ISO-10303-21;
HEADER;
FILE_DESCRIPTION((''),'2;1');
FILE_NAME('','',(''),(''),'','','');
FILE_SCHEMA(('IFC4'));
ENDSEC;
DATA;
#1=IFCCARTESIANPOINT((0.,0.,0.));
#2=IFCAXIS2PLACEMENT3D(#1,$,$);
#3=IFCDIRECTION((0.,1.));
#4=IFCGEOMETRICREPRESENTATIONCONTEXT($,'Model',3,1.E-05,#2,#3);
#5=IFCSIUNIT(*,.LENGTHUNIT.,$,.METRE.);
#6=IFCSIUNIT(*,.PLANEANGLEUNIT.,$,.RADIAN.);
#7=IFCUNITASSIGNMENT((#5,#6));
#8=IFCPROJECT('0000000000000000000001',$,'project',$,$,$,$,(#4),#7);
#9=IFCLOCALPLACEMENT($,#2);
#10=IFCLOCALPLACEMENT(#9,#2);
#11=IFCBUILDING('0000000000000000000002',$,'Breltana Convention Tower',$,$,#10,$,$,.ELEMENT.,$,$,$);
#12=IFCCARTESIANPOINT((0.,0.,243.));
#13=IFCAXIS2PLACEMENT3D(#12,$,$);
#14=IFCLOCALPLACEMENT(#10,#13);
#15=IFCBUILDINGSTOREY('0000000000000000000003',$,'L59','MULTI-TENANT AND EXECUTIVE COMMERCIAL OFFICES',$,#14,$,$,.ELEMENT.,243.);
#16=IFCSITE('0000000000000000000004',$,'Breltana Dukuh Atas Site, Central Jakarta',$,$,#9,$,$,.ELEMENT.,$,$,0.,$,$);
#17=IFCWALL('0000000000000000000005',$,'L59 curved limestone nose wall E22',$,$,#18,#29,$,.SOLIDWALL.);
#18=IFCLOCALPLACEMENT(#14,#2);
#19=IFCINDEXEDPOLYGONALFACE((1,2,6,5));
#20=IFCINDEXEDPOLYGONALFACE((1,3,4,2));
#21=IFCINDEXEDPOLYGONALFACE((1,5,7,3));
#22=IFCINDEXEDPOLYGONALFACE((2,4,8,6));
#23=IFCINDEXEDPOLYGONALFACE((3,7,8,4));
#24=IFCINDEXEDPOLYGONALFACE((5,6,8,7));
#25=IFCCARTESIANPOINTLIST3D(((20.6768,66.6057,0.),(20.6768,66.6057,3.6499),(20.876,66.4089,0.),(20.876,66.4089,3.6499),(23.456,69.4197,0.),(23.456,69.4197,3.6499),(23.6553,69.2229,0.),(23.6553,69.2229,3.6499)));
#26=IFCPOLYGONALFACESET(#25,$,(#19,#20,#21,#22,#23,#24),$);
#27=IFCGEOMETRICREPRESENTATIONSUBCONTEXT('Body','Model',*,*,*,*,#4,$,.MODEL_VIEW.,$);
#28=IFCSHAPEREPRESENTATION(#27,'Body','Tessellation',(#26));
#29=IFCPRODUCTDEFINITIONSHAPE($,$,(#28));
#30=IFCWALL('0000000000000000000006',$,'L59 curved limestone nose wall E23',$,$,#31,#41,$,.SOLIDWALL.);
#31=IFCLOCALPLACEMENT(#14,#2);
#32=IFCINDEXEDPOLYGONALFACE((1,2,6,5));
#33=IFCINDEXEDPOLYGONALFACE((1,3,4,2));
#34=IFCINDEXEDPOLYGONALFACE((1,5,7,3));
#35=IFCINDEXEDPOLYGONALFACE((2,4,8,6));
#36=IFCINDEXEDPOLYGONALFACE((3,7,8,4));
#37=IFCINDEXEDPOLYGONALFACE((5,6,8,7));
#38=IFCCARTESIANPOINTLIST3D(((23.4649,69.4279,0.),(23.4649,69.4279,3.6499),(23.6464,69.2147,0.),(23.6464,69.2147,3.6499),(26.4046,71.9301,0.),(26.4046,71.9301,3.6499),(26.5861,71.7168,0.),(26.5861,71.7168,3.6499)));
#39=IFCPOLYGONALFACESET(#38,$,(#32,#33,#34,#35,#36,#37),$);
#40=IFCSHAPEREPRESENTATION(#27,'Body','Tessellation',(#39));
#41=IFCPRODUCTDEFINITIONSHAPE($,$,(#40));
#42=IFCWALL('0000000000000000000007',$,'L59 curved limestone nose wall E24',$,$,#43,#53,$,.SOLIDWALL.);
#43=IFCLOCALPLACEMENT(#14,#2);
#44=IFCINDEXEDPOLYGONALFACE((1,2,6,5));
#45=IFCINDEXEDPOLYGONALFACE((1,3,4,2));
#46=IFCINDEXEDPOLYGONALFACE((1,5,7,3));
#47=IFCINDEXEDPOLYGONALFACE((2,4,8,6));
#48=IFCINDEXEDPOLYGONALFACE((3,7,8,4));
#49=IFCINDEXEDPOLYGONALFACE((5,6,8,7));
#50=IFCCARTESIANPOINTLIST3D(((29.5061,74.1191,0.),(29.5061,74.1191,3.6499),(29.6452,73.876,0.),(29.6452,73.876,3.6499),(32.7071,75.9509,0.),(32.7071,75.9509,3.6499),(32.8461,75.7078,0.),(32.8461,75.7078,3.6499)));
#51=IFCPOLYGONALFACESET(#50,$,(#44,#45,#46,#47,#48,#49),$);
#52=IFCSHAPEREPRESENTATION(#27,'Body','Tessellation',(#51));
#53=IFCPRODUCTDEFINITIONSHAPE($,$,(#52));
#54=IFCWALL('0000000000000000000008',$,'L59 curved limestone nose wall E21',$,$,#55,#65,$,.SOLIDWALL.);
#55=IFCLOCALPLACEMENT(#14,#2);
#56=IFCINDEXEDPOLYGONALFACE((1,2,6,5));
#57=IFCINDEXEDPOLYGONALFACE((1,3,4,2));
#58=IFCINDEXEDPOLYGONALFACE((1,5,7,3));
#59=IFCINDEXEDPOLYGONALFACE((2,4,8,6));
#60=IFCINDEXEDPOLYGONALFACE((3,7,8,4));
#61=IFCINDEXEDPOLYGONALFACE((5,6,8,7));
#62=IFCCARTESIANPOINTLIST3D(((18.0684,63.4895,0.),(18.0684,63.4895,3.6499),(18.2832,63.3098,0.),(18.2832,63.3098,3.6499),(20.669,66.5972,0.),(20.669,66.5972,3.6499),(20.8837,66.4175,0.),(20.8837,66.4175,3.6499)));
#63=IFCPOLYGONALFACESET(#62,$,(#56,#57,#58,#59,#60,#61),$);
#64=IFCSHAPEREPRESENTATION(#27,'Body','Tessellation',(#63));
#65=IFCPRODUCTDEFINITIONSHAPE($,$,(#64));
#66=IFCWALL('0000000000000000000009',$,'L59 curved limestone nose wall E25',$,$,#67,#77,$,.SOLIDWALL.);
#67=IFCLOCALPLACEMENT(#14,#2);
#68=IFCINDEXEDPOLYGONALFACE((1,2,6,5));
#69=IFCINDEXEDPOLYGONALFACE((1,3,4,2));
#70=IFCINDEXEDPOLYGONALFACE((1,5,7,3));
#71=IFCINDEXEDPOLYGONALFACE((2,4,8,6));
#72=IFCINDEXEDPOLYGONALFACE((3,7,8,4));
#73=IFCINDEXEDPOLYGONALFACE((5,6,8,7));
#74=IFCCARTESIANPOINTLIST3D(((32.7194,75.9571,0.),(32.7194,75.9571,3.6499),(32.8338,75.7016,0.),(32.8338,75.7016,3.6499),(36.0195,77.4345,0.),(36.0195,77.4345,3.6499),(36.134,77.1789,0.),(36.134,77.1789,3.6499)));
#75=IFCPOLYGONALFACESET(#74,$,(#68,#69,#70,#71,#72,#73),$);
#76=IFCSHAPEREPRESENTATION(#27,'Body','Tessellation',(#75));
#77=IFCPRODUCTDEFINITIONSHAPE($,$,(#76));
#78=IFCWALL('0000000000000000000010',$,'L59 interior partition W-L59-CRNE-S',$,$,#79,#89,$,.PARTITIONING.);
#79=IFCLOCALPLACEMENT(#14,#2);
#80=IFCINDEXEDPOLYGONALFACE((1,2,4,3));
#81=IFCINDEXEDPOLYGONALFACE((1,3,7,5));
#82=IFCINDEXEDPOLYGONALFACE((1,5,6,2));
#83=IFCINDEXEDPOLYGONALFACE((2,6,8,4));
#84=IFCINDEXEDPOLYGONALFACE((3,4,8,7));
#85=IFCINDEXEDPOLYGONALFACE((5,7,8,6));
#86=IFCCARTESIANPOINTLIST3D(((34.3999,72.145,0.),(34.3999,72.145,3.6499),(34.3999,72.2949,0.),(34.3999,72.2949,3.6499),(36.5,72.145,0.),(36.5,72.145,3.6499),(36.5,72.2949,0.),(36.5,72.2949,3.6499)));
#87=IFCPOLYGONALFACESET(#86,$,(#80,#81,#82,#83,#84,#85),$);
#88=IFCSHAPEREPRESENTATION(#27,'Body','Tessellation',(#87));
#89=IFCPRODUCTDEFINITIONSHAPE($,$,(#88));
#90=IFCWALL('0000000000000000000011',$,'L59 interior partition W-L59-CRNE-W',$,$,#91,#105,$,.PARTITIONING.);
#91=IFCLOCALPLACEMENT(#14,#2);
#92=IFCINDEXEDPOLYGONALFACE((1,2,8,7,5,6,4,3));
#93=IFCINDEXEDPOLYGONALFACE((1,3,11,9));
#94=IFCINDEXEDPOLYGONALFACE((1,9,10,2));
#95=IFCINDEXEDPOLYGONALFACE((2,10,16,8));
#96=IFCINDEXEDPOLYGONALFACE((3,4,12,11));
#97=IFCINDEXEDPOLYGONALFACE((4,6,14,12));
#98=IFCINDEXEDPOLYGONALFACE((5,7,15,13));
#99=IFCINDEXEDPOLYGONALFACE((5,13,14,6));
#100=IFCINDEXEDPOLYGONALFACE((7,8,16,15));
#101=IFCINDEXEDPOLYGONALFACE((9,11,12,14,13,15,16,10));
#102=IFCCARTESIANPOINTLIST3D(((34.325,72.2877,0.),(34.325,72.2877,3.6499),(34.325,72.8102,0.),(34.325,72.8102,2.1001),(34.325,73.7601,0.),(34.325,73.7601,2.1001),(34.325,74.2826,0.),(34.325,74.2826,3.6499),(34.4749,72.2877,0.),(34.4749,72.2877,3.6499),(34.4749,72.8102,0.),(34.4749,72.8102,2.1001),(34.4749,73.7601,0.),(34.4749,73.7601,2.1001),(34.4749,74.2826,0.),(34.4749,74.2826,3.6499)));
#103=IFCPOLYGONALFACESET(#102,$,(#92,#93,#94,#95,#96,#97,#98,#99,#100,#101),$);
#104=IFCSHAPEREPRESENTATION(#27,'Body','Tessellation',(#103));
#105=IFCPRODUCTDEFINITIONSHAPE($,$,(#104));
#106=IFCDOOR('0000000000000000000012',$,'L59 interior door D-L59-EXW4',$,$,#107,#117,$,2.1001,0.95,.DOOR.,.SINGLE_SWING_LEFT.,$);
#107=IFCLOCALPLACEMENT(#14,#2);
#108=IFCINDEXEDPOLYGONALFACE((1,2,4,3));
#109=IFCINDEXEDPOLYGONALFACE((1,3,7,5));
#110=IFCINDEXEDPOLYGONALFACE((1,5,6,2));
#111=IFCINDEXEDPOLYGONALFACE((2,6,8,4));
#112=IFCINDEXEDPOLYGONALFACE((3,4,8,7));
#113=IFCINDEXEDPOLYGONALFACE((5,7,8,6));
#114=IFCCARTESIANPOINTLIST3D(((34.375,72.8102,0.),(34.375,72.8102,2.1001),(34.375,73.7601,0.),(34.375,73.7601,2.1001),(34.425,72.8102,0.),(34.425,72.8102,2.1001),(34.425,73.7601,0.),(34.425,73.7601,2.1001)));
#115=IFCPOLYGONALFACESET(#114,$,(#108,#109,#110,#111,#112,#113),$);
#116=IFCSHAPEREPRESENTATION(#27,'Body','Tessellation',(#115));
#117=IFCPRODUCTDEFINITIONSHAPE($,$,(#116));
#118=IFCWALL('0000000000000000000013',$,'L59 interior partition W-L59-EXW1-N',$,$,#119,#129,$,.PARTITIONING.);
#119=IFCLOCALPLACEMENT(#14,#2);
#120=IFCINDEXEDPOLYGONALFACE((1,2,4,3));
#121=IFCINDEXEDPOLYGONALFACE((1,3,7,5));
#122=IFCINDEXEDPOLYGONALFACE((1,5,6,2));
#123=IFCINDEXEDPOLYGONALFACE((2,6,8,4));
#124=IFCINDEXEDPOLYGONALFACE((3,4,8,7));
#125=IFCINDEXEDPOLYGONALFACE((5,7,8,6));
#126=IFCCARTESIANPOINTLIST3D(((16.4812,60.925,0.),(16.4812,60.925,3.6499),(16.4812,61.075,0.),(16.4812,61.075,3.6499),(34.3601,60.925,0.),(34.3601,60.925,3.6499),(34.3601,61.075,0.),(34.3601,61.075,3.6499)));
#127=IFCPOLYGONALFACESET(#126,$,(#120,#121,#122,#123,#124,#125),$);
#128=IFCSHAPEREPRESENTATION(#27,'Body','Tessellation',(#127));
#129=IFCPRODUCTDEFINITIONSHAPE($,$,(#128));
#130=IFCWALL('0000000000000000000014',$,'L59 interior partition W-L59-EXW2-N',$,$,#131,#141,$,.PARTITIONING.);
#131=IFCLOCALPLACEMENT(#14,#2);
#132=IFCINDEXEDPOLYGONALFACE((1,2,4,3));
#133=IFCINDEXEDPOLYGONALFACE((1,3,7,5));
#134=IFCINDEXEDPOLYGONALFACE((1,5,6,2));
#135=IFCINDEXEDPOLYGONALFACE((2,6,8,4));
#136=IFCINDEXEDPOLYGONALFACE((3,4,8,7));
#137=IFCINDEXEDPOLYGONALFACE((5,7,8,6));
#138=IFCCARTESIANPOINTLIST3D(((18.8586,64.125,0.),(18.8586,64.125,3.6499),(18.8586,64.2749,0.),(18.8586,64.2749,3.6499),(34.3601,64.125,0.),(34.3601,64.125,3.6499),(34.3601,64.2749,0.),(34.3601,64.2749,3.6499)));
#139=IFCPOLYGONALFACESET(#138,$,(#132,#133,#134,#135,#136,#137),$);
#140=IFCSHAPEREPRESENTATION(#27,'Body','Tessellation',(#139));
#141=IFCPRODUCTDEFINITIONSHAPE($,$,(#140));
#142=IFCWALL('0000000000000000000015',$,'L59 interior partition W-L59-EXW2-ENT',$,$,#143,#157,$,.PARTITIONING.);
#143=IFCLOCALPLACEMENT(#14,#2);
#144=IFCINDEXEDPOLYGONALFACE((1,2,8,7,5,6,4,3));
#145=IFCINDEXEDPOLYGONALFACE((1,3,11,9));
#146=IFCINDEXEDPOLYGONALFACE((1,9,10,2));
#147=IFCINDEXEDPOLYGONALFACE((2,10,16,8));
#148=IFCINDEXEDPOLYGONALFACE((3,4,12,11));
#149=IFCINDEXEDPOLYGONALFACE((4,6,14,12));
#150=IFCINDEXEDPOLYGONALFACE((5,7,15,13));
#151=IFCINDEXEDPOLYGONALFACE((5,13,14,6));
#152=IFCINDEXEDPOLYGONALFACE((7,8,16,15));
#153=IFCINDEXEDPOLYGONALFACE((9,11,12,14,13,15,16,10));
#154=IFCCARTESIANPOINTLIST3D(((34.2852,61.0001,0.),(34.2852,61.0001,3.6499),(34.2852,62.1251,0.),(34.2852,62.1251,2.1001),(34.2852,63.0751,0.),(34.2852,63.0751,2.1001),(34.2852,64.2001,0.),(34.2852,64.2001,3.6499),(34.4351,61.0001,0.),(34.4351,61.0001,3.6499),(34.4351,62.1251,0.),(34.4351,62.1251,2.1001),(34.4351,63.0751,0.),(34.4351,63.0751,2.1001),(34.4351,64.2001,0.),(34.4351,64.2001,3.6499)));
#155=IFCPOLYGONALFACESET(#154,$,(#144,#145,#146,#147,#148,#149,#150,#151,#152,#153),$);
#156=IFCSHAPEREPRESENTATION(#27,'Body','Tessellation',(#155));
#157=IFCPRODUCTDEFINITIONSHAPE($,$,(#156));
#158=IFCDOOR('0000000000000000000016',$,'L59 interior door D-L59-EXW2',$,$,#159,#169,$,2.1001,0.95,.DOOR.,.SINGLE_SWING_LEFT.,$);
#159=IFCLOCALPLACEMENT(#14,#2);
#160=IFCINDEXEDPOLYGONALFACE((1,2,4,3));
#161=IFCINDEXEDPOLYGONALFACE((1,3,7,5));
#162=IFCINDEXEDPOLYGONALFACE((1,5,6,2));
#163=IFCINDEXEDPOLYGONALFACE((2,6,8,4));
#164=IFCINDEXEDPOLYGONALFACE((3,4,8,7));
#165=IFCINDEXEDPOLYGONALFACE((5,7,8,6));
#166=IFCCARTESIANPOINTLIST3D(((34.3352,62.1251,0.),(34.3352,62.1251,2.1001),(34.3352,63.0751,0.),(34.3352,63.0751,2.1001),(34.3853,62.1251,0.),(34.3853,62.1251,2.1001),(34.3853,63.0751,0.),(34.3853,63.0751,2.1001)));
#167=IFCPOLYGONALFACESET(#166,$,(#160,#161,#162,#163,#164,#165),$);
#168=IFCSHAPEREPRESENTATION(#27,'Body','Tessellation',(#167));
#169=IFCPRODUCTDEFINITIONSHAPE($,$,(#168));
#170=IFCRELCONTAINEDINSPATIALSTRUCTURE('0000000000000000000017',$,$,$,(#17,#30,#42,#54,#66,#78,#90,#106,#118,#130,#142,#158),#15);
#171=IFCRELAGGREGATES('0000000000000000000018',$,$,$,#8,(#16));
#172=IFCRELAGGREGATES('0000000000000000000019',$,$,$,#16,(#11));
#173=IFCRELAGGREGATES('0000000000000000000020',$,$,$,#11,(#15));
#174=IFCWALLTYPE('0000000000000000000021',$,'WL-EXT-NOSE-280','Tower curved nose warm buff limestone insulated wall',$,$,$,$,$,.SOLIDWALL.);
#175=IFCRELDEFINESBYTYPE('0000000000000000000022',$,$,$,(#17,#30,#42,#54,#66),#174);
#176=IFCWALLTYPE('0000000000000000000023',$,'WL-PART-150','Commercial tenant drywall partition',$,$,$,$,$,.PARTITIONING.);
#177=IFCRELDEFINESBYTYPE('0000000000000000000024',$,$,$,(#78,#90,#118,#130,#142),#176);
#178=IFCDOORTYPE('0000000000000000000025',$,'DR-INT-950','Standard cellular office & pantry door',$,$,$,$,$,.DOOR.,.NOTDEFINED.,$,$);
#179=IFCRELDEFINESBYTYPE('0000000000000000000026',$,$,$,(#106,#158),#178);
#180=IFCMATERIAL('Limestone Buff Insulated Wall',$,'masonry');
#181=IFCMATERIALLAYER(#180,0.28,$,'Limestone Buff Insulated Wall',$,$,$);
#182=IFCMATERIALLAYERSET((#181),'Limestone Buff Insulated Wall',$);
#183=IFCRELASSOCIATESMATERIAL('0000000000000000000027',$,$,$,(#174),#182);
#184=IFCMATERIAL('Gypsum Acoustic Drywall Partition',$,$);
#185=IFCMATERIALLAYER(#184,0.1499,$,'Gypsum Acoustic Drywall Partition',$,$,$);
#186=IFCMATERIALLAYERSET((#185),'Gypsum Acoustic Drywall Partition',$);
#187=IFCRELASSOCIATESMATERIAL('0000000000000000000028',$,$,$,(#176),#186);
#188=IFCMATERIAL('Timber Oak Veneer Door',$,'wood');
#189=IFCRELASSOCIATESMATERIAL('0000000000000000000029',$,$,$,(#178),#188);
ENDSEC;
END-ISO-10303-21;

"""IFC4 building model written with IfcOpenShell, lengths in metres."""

from ifc_helpers import new_model, si_unit, direction, frame, frame_2d, origin, place, context, subcontext, project, spatial, rectangle, extrude, source, transform, mapped, material, layer, layer_set, type_object, type_shapes, element, fill, save


model = new_model("IFC4")

# Units and contexts
model_context = context("Model", 3, precision=1e-05, world=origin(), true_north=direction((0.0, 1.0)))
body_context = subcontext(model_context, "Body", "Model", "MODEL_VIEW")
ifc_project = project(units=[si_unit("LENGTHUNIT", "METRE"), si_unit("PLANEANGLEUNIT", "RADIAN")], contexts=[model_context])

# Site, building, storey
site_placement = place(None, origin())
site = spatial("IfcSite", under=ifc_project, at=site_placement, Name="Breltana Dukuh Atas Site, Central Jakarta", CompositionType="ELEMENT", RefElevation=0.0)
building_placement = place(site_placement, origin())
building = spatial("IfcBuilding", under=site, at=building_placement, Name="Breltana Convention Tower", CompositionType="ELEMENT")
storey_placement = place(building_placement, frame((0.0, 0.0, 243.0)))
storey = spatial("IfcBuildingStorey", under=building, at=storey_placement, Name="L59", Description="MULTI-TENANT AND EXECUTIVE COMMERCIAL OFFICES", CompositionType="ELEMENT", Elevation=243.0)

# Walls
ifc_material_1 = material(Name="Limestone Buff Insulated Wall", Category="masonry")
ifc_layer_1 = layer(ifc_material_1, 0.28, Name="Limestone Buff Insulated Wall")
ifc_layer_set_1 = layer_set([ifc_layer_1], Name="Limestone Buff Insulated Wall")
wall_type_1 = type_object("IfcWallType", Name="WL-EXT-NOSE-280", Description="Tower curved nose warm buff limestone insulated wall", PredefinedType="SOLIDWALL", material=ifc_layer_set_1)
shared_shape_1 = source(origin(), body_context, "Body", "SweptSolid", [
    extrude(rectangle(XDim=3.9551, YDim=0.28, at=frame_2d((1.9775, 0.0))), origin(), (0.0, 0.0, 1.0), 3.6499),
])
wall_1_placement = place(storey_placement, frame((20.7764, 66.5073, 0.0), z_axis=(0.0, 0.0, 1.0), x_axis=(0.702711, 0.711476, 0.0)))
element("IfcWall", 1, at=wall_1_placement, inside=storey, type_object=wall_type_1, Name="L59 curved limestone nose wall E22", PredefinedType="SOLIDWALL", context=body_context, shape_type="MappedRepresentation", body=[
    mapped(shared_shape_1, transform((0.0, 0.0, 0.0), scale=1.0)),
])
shared_shape_2 = source(origin(), body_context, "Body", "SweptSolid", [
    extrude(rectangle(XDim=3.8604, YDim=0.28, at=frame_2d((1.9302, 0.0))), origin(), (0.0, 0.0, 1.0), 3.6499),
])
wall_2_placement = place(storey_placement, frame((23.5557, 69.3213, 0.0), z_axis=(0.0, 0.0, 1.0), x_axis=(0.761498, 0.648168, 0.0)))
element("IfcWall", 2, at=wall_2_placement, inside=storey, type_object=wall_type_1, Name="L59 curved limestone nose wall E23", PredefinedType="SOLIDWALL", context=body_context, shape_type="MappedRepresentation", body=[
    mapped(shared_shape_2, transform((0.0, 0.0, 0.0), scale=1.0)),
])
shared_shape_3 = source(origin(), body_context, "Body", "SweptSolid", [
    extrude(rectangle(XDim=3.688, YDim=0.28, at=frame_2d((1.844, 0.0))), origin(), (0.0, 0.0, 1.0), 3.6499),
])
wall_3_placement = place(storey_placement, frame((29.5757, 73.9976, 0.0), z_axis=(0.0, 0.0, 1.0), x_axis=(0.867929, 0.496688, 0.0)))
element("IfcWall", 3, at=wall_3_placement, inside=storey, type_object=wall_type_1, Name="L59 curved limestone nose wall E24", PredefinedType="SOLIDWALL", context=body_context, shape_type="MappedRepresentation", body=[
    mapped(shared_shape_3, transform((0.0, 0.0, 0.0), scale=1.0)),
])
shared_shape_4 = source(origin(), body_context, "Body", "SweptSolid", [
    extrude(rectangle(XDim=4.0522, YDim=0.28, at=frame_2d((2.0261, 0.0))), origin(), (0.0, 0.0, 1.0), 3.6499),
])
wall_4_placement = place(storey_placement, frame((18.1758, 63.3997, 0.0), z_axis=(0.0, 0.0, 1.0), x_axis=(0.641765, 0.766901, 0.0)))
element("IfcWall", 4, at=wall_4_placement, inside=storey, type_object=wall_type_1, Name="L59 curved limestone nose wall E21", PredefinedType="SOLIDWALL", context=body_context, shape_type="MappedRepresentation", body=[
    mapped(shared_shape_4, transform((0.0, 0.0, 0.0), scale=1.0)),
])
shared_shape_5 = source(origin(), body_context, "Body", "SweptSolid", [
    extrude(rectangle(XDim=3.6157, YDim=0.28, at=frame_2d((1.8079, 0.0))), origin(), (0.0, 0.0, 1.0), 3.6499),
])
wall_5_placement = place(storey_placement, frame((32.7766, 75.8293, 0.0), z_axis=(0.0, 0.0, 1.0), x_axis=(0.91272, 0.408587, 0.0)))
element("IfcWall", 5, at=wall_5_placement, inside=storey, type_object=wall_type_1, Name="L59 curved limestone nose wall E25", PredefinedType="SOLIDWALL", context=body_context, shape_type="MappedRepresentation", body=[
    mapped(shared_shape_5, transform((0.0, 0.0, 0.0), scale=1.0)),
])
ifc_material_2 = material(Name="Gypsum Acoustic Drywall Partition")
ifc_layer_2 = layer(ifc_material_2, 0.1499, Name="Gypsum Acoustic Drywall Partition")
ifc_layer_set_2 = layer_set([ifc_layer_2], Name="Gypsum Acoustic Drywall Partition")
wall_type_2 = type_object("IfcWallType", Name="WL-PART-150", Description="Commercial tenant drywall partition", PredefinedType="PARTITIONING", material=ifc_layer_set_2)
shared_shape_6 = source(origin(), body_context, "Body", "SweptSolid", [
    extrude(rectangle(XDim=2.1001, YDim=0.1499, at=frame_2d((1.05, 0.0))), origin(), (0.0, 0.0, 1.0), 3.6499),
])
wall_6_placement = place(storey_placement, frame((34.3999, 72.22, 0.0), z_axis=(0.0, 0.0, 1.0), x_axis=(1.0, 0.0, 0.0)))
element("IfcWall", 6, at=wall_6_placement, inside=storey, type_object=wall_type_2, Name="L59 interior partition W-L59-CRNE-S", PredefinedType="PARTITIONING", context=body_context, shape_type="MappedRepresentation", body=[
    mapped(shared_shape_6, transform((0.0, 0.0, 0.0), scale=1.0)),
])

# Wall, opening, door
shared_shape_7 = source(origin(), body_context, "Body", "SweptSolid", [
    extrude(rectangle(XDim=1.9949, YDim=0.1499, at=frame_2d((0.9976, 0.0))), origin(), (0.0, 0.0, 1.0), 3.6499),
])
wall_7_placement = place(storey_placement, frame((34.3999, 72.2876, 0.0), z_axis=(0.0, 0.0, 1.0), x_axis=(0.0, 1.0, 0.0)))
wall_7 = element("IfcWall", 7, at=wall_7_placement, inside=storey, type_object=wall_type_2, Name="L59 interior partition W-L59-CRNE-W", PredefinedType="PARTITIONING", context=body_context, shape_type="MappedRepresentation", body=[
    mapped(shared_shape_7, transform((0.0, 0.0, 0.0), scale=1.0)),
])
opening_1_placement = place(wall_7_placement, frame((0.5225, 0.0, 0.0)))
opening_1 = element("IfcOpeningElement", 8, at=opening_1_placement, cuts=wall_7, PredefinedType="OPENING", context=body_context, shape_type="SweptSolid", body=[
    extrude(rectangle(XDim=0.95, YDim=2.1001, at=frame_2d((0.4751, 1.05))), frame((0.0, 0.085, 0.0), z_axis=(0.0, -1.0, 0.0), x_axis=(1.0, 0.0, 0.0)), (0.0, 0.0, 1.0), 0.1699),
])
ifc_material_3 = material(Name="Timber Oak Veneer Door", Category="wood")
door_type = type_object("IfcDoorType", Name="DR-INT-950", Description="Standard cellular office & pantry door", OperationType="NOTDEFINED", PredefinedType="DOOR", material=ifc_material_3)
shared_shape_8 = source(origin(), body_context, "Body", "SweptSolid", [
    extrude(rectangle(XDim=0.95, YDim=2.1001, at=frame_2d((0.4751, 1.05))), frame((0.0, 0.0249, 0.0), z_axis=(0.0, -1.0, 0.0), x_axis=(1.0, 0.0, 0.0)), (0.0, 0.0, 1.0), 0.05),
])
type_shapes(door_type, [shared_shape_8])
door_1_placement = place(opening_1_placement, origin())
door_1 = element("IfcDoor", 9, at=door_1_placement, inside=storey, type_object=door_type, Name="L59 interior door D-L59-EXW4", OperationType="SINGLE_SWING_LEFT", OverallHeight=2.1001, OverallWidth=0.95, PredefinedType="DOOR", context=body_context, shape_type="MappedRepresentation", body=[
    mapped(shared_shape_8, transform((0.0, 0.0, 0.0), scale=1.0)),
])
fill(opening_1, door_1)

# Walls
shared_shape_9 = source(origin(), body_context, "Body", "SweptSolid", [
    extrude(rectangle(XDim=17.8789, YDim=0.1499, at=frame_2d((8.9395, 0.0))), origin(), (0.0, 0.0, 1.0), 3.6499),
])
wall_8_placement = place(storey_placement, frame((16.4812, 61.0, 0.0), z_axis=(0.0, 0.0, 1.0), x_axis=(1.0, 0.0, 0.0)))
element("IfcWall", 10, at=wall_8_placement, inside=storey, type_object=wall_type_2, Name="L59 interior partition W-L59-EXW1-N", PredefinedType="PARTITIONING", context=body_context, shape_type="MappedRepresentation", body=[
    mapped(shared_shape_9, transform((0.0, 0.0, 0.0), scale=1.0)),
])
shared_shape_10 = source(origin(), body_context, "Body", "SweptSolid", [
    extrude(rectangle(XDim=15.5015, YDim=0.1499, at=frame_2d((7.7507, 0.0))), origin(), (0.0, 0.0, 1.0), 3.6499),
])
wall_9_placement = place(storey_placement, frame((18.8586, 64.2, 0.0), z_axis=(0.0, 0.0, 1.0), x_axis=(1.0, 0.0, 0.0)))
element("IfcWall", 11, at=wall_9_placement, inside=storey, type_object=wall_type_2, Name="L59 interior partition W-L59-EXW2-N", PredefinedType="PARTITIONING", context=body_context, shape_type="MappedRepresentation", body=[
    mapped(shared_shape_10, transform((0.0, 0.0, 0.0), scale=1.0)),
])

# Wall, opening, door
shared_shape_11 = source(origin(), body_context, "Body", "SweptSolid", [
    extrude(rectangle(XDim=3.2, YDim=0.1499, at=frame_2d((1.6001, 0.0))), origin(), (0.0, 0.0, 1.0), 3.6499),
])
wall_10_placement = place(storey_placement, frame((34.3601, 61.0, 0.0), z_axis=(0.0, 0.0, 1.0), x_axis=(0.0, 1.0, 0.0)))
wall_10 = element("IfcWall", 12, at=wall_10_placement, inside=storey, type_object=wall_type_2, Name="L59 interior partition W-L59-EXW2-ENT", PredefinedType="PARTITIONING", context=body_context, shape_type="MappedRepresentation", body=[
    mapped(shared_shape_11, transform((0.0, 0.0, 0.0), scale=1.0)),
])
opening_2_placement = place(wall_10_placement, frame((1.125, 0.0, 0.0)))
opening_2 = element("IfcOpeningElement", 13, at=opening_2_placement, cuts=wall_10, PredefinedType="OPENING", context=body_context, shape_type="SweptSolid", body=[
    extrude(rectangle(XDim=0.95, YDim=2.1001, at=frame_2d((0.4751, 1.05))), frame((0.0, 0.085, 0.0), z_axis=(0.0, -1.0, 0.0), x_axis=(1.0, 0.0, 0.0)), (0.0, 0.0, 1.0), 0.1699),
])
door_2_placement = place(opening_2_placement, origin())
door_2 = element("IfcDoor", 14, at=door_2_placement, inside=storey, type_object=door_type, Name="L59 interior door D-L59-EXW2", OperationType="SINGLE_SWING_LEFT", OverallHeight=2.1001, OverallWidth=0.95, PredefinedType="DOOR", context=body_context, shape_type="MappedRepresentation", body=[
    mapped(shared_shape_8, transform((0.0, 0.0, 0.0), scale=1.0)),
])
fill(opening_2, door_2)

save(model, "model.ifc")
